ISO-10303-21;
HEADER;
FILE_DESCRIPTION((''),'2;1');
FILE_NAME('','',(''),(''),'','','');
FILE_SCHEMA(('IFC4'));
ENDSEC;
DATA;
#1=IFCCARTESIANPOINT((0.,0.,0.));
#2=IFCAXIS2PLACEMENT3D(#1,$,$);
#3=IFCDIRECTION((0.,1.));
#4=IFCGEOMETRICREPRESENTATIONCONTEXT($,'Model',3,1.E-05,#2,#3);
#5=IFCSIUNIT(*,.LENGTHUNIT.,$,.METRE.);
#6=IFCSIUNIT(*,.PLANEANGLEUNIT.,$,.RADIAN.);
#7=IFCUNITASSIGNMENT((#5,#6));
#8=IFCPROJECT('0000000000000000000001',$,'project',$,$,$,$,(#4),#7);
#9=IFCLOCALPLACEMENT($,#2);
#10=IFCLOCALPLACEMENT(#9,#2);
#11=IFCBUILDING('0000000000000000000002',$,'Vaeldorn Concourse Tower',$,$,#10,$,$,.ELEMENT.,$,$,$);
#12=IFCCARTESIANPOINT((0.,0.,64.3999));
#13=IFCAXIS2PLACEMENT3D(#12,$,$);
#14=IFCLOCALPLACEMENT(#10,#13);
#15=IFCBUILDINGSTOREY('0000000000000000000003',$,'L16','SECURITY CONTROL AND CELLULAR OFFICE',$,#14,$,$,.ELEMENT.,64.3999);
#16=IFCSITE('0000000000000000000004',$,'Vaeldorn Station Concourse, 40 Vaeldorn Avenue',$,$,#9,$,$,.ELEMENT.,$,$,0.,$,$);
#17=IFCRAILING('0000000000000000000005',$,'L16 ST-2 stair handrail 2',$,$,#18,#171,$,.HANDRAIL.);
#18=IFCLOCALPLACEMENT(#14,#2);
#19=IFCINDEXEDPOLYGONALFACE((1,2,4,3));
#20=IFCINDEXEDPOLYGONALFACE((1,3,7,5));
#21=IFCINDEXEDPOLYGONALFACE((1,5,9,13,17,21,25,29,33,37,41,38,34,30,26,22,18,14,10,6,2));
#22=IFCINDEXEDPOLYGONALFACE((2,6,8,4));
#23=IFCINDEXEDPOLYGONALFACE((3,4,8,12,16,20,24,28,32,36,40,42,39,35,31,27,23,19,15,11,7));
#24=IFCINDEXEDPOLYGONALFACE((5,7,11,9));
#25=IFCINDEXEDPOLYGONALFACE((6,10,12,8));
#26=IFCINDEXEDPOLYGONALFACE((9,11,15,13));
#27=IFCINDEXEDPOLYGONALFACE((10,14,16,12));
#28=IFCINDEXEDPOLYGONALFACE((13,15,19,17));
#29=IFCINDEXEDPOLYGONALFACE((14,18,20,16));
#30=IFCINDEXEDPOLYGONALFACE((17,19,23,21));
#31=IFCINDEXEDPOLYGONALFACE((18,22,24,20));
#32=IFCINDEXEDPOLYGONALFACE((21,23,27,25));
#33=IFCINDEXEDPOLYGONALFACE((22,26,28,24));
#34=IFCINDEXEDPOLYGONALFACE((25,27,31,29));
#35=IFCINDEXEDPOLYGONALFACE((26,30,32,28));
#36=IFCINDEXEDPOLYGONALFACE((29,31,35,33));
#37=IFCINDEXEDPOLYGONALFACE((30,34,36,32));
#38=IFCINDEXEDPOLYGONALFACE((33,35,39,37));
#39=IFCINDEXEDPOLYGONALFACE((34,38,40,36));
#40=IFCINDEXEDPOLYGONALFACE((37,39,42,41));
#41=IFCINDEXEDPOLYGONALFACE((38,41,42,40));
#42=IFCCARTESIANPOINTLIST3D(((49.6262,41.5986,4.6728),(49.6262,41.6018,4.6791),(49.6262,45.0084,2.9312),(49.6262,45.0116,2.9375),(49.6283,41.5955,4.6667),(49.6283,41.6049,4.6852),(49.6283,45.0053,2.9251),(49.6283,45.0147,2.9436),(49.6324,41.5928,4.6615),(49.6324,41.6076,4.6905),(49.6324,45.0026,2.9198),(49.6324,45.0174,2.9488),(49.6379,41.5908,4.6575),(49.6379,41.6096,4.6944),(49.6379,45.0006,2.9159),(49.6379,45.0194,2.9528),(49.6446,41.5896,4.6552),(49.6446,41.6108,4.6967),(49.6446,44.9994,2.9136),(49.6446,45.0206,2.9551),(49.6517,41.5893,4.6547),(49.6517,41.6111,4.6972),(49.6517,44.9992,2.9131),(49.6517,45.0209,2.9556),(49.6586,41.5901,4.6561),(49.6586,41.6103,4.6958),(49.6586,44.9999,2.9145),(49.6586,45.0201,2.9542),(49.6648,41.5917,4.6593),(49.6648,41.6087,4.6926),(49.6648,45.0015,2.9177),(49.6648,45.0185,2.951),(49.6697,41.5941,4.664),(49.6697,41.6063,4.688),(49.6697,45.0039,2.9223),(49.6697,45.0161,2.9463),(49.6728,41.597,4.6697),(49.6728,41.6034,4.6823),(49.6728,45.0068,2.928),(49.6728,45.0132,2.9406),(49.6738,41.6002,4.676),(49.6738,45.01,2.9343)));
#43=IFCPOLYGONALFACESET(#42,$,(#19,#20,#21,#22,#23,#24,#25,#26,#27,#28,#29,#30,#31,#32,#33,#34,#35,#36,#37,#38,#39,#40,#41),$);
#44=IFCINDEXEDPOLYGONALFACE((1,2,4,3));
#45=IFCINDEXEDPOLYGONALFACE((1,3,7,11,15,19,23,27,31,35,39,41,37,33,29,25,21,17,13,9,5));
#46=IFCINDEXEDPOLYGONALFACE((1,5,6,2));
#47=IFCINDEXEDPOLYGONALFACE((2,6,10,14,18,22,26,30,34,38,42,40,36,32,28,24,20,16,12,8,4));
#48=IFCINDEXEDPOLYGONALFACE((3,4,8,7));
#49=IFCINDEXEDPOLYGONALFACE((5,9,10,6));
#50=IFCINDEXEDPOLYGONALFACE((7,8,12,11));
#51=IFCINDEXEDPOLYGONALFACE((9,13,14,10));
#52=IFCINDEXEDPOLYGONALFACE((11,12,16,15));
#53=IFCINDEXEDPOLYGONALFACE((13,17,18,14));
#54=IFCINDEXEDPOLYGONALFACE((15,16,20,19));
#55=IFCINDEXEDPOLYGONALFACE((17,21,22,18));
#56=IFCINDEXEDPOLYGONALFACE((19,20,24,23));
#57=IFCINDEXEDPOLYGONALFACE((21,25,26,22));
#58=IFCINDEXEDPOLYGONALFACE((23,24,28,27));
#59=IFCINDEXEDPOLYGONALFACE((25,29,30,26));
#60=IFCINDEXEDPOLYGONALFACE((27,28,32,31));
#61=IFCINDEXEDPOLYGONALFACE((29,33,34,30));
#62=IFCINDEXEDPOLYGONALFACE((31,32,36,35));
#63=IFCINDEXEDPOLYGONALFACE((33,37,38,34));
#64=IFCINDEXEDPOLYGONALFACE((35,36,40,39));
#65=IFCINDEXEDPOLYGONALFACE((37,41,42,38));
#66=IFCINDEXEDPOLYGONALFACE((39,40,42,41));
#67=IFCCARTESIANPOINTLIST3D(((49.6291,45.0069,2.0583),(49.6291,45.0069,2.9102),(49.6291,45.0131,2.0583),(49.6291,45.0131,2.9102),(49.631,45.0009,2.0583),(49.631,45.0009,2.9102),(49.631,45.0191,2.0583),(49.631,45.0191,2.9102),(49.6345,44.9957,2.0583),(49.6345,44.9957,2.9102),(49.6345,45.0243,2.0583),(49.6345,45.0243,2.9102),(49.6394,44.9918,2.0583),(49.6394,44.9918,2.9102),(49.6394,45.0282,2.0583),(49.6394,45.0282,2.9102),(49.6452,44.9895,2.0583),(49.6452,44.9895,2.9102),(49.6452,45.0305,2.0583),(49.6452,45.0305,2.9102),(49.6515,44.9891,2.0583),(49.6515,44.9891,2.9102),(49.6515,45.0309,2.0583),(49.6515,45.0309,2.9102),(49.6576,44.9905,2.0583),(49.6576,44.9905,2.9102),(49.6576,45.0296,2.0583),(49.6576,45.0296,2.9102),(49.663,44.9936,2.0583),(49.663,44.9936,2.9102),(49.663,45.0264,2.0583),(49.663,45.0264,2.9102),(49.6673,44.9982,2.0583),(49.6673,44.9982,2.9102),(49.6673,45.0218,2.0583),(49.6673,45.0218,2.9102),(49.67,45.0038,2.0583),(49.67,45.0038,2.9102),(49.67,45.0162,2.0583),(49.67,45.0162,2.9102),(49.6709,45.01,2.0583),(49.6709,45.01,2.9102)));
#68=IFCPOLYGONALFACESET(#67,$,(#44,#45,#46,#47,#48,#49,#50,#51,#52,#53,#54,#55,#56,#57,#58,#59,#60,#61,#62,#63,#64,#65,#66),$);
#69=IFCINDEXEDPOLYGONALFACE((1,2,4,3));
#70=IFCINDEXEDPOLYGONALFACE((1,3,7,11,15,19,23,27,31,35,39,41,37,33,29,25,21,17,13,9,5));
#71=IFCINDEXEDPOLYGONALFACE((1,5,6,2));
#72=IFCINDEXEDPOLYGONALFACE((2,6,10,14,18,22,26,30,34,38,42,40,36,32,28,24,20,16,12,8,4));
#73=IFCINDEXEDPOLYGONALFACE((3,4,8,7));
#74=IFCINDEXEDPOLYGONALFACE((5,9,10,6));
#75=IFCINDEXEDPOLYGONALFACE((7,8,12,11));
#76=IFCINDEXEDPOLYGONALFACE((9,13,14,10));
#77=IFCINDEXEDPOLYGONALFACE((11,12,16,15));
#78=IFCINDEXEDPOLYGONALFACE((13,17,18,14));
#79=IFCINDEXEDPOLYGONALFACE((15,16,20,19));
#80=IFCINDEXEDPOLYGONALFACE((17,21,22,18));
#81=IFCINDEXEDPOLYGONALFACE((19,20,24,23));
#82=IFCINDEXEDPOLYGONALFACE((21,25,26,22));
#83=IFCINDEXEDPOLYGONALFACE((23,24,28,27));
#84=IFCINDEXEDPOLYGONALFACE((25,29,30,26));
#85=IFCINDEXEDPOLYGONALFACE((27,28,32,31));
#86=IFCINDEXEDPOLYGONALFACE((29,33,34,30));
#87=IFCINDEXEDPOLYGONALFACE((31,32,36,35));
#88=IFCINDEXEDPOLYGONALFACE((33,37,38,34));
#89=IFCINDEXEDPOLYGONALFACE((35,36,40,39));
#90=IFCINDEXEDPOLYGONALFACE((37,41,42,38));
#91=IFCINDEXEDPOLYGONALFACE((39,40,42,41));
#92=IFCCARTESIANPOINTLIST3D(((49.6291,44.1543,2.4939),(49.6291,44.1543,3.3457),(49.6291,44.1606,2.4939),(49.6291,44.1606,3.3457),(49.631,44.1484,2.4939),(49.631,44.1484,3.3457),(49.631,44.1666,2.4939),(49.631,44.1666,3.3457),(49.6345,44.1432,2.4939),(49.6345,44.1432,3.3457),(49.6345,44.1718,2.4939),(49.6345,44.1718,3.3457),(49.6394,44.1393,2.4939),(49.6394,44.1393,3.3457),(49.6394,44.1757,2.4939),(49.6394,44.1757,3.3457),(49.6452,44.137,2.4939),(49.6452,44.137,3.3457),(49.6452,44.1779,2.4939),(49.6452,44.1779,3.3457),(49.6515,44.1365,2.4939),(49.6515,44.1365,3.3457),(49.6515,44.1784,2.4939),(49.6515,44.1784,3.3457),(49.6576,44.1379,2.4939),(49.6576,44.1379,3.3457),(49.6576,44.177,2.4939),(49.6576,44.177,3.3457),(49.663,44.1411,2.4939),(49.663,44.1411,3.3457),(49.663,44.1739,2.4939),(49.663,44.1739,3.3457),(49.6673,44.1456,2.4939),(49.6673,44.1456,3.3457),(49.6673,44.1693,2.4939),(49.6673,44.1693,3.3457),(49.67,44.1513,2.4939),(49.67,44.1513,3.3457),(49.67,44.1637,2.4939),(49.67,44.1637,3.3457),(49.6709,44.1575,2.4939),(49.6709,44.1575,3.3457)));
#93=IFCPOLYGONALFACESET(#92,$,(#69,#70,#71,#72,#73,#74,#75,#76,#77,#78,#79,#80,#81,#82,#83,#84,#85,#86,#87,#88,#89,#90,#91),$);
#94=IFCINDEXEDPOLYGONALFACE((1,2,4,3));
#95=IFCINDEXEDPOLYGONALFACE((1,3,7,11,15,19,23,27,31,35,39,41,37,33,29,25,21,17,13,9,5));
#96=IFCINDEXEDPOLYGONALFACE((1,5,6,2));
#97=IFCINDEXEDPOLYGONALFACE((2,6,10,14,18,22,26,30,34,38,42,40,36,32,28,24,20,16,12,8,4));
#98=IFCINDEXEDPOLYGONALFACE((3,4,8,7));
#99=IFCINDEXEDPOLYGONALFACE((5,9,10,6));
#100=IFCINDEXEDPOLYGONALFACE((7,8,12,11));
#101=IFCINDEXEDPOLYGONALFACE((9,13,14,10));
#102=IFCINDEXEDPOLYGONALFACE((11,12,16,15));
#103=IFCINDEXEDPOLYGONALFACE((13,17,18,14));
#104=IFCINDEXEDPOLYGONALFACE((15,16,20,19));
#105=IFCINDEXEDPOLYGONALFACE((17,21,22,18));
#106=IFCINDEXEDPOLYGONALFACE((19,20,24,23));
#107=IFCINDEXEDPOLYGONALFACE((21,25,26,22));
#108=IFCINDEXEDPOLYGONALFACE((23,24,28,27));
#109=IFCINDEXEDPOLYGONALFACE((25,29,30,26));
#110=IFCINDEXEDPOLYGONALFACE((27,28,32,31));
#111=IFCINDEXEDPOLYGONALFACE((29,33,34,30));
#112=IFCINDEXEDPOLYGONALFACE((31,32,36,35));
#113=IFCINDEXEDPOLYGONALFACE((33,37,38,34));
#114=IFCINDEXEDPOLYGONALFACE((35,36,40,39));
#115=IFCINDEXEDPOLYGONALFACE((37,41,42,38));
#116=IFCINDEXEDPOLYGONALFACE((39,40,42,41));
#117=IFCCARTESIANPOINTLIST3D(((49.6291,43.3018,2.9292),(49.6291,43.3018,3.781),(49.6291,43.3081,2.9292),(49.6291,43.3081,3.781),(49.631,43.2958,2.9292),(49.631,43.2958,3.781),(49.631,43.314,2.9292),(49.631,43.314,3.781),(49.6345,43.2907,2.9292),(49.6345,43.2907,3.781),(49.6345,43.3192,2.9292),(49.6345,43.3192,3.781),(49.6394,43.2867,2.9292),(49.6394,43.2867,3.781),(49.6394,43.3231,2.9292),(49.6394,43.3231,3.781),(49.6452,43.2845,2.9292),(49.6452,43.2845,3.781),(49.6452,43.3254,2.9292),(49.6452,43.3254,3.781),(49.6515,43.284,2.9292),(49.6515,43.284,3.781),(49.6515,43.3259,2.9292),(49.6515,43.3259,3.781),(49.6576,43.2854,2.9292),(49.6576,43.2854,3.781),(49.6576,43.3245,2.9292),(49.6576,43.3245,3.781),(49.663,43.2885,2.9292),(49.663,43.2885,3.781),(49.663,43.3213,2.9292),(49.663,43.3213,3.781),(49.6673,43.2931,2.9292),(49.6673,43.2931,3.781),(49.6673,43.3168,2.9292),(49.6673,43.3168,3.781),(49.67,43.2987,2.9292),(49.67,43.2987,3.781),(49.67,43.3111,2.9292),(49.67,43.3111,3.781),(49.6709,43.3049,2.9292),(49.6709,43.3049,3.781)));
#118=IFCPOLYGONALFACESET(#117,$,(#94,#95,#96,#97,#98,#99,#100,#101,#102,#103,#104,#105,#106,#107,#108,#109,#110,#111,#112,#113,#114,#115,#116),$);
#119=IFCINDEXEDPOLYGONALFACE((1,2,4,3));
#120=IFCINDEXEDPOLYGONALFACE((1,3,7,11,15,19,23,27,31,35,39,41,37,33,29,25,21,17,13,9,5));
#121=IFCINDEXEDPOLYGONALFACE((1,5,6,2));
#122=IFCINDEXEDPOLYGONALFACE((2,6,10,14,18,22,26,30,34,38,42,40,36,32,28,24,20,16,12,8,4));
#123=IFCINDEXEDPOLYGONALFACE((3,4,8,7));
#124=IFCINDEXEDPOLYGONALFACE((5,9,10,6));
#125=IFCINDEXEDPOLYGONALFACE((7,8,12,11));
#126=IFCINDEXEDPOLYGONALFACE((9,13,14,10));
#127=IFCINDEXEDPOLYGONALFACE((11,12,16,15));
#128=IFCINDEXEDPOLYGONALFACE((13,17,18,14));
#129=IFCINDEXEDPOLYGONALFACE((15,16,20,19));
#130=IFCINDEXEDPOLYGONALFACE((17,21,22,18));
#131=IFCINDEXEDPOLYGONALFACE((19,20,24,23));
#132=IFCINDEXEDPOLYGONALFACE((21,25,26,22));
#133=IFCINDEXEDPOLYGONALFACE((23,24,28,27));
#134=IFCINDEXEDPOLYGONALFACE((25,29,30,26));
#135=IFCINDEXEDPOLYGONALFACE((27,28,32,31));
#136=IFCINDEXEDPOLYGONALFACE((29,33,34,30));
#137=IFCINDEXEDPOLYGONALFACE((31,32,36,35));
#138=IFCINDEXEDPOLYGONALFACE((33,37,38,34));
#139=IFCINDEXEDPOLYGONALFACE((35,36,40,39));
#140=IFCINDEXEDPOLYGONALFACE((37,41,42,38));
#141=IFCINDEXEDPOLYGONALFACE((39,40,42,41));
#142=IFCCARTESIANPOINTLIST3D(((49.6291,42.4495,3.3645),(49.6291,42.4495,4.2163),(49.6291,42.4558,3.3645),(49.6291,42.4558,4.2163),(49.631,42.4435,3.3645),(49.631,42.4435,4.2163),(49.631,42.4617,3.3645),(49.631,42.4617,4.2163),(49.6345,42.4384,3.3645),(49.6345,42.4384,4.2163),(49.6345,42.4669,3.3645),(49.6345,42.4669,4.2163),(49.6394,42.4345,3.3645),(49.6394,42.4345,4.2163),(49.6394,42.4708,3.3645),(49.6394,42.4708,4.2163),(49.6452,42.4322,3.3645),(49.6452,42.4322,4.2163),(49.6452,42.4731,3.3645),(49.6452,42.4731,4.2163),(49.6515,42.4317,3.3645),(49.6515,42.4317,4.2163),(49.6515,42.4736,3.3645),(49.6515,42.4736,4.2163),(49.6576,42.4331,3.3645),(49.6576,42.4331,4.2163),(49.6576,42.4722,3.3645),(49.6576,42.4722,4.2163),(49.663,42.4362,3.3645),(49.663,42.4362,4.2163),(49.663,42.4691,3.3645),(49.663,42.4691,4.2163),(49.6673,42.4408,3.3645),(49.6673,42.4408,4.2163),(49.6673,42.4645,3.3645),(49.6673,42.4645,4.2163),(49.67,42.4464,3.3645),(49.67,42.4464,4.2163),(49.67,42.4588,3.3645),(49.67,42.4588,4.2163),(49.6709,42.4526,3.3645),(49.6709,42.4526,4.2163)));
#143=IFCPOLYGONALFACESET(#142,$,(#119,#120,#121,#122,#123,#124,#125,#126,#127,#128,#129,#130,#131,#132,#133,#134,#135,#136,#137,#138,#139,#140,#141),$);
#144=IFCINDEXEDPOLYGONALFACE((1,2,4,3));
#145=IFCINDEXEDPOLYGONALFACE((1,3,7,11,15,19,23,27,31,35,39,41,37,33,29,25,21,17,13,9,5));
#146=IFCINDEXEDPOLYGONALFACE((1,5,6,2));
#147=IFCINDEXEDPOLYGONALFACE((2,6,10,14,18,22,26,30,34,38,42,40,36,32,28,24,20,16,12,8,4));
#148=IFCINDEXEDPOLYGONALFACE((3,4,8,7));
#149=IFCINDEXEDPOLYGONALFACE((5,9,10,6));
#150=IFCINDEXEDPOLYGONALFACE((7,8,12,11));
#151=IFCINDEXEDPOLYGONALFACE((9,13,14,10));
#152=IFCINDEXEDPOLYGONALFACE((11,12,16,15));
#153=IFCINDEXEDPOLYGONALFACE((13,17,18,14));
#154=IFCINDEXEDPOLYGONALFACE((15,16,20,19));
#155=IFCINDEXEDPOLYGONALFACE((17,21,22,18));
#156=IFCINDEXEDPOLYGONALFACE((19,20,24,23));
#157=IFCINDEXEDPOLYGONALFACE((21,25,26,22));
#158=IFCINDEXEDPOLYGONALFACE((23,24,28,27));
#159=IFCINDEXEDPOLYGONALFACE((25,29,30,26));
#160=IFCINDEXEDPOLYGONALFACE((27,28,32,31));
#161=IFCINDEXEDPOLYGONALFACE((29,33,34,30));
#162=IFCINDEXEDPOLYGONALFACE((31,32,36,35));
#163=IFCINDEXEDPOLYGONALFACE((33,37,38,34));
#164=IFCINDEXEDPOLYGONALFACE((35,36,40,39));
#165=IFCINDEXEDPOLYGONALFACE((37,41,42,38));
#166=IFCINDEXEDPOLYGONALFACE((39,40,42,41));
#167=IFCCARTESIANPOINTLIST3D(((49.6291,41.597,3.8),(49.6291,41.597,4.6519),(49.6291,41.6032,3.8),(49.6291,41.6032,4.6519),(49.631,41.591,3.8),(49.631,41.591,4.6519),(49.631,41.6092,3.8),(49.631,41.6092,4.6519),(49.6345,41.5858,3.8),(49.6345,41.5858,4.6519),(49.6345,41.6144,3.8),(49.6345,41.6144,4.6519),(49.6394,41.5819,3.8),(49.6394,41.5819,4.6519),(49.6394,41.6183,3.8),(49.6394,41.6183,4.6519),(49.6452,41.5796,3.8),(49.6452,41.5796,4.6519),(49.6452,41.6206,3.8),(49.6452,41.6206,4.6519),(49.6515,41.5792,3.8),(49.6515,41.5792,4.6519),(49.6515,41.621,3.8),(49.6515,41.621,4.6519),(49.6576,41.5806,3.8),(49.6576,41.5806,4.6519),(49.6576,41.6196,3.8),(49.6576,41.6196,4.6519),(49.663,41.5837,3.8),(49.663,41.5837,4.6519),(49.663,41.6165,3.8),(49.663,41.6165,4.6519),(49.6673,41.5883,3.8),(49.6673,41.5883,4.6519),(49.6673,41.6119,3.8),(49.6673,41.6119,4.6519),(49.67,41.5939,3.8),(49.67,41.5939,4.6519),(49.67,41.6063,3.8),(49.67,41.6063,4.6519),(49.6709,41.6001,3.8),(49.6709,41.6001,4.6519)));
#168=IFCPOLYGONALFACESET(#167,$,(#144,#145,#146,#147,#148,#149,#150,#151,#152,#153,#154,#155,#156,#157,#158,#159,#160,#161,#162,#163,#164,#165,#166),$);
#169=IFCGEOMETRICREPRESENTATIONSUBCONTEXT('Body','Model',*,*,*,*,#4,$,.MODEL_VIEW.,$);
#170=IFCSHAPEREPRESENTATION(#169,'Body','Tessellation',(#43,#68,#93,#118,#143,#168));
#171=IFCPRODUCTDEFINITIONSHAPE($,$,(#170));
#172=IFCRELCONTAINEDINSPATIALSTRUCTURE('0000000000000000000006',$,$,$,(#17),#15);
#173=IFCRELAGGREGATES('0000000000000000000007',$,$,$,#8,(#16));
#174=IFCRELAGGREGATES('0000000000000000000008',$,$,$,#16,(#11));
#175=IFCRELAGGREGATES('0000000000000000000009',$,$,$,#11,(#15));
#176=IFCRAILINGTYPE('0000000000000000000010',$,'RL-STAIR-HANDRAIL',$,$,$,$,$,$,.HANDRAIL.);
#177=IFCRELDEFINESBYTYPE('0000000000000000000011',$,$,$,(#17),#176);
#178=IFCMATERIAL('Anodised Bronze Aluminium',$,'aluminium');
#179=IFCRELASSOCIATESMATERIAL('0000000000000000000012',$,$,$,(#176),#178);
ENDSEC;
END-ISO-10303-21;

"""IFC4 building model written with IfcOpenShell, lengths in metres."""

from ifc_helpers import new_model, si_unit, direction, frame, origin, origin_2d, place, context, subcontext, project, spatial, circle, extrude, material, type_object, element, save


model = new_model("IFC4")

# Units and contexts
model_context = context("Model", 3, precision=1e-05, world=origin(), true_north=direction((0.0, 1.0)))
body_context = subcontext(model_context, "Body", "Model", "MODEL_VIEW")
ifc_project = project(units=[si_unit("LENGTHUNIT", "METRE"), si_unit("PLANEANGLEUNIT", "RADIAN")], contexts=[model_context])

# Site, building, storey
site_placement = place(None, origin())
site = spatial("IfcSite", under=ifc_project, at=site_placement, Name="Vaeldorn Station Concourse, 40 Vaeldorn Avenue", CompositionType="ELEMENT", RefElevation=0.0)
building_placement = place(site_placement, origin())
building = spatial("IfcBuilding", under=site, at=building_placement, Name="Vaeldorn Concourse Tower", CompositionType="ELEMENT")
storey_placement = place(building_placement, frame((0.0, 0.0, 64.3999)))
storey = spatial("IfcBuildingStorey", under=building, at=storey_placement, Name="L16", Description="SECURITY CONTROL AND CELLULAR OFFICE", CompositionType="ELEMENT", Elevation=64.3999)

# Shared definitions
ifc_material_1 = material(Name="Anodised Bronze Aluminium", Category="aluminium")

# Railing
railing_type_1 = type_object("IfcRailingType", Name="RL-STAIR-HANDRAIL", PredefinedType="HANDRAIL", material=ifc_material_1)
railing_1_placement = place(storey_placement, frame((49.6499, 45.01, 2.0583)))
element("IfcRailing", 1, at=railing_1_placement, inside=storey, type_object=railing_type_1, Name="L16 ST-2 stair handrail 2", PredefinedType="HANDRAIL", context=body_context, shape_type="SweptSolid", body=[
    extrude(circle(Radius=0.0239, at=origin_2d()), frame((0.0, 0.0, 0.876), z_axis=(0.0, -0.890556, 0.454874), x_axis=(1.0, 0.0, 0.0)), (0.0, 0.0, 1.0), 3.8289),
    extrude(circle(Radius=0.021, at=origin_2d()), origin(), (0.0, 0.0, 1.0), 0.8518),
    extrude(circle(Radius=0.021, at=origin_2d()), frame((0.0, -0.8525, 0.4355)), (0.0, 0.0, 1.0), 0.8518),
    extrude(circle(Radius=0.021, at=origin_2d()), frame((0.0, -1.7051, 0.8708)), (0.0, 0.0, 1.0), 0.8518),
    extrude(circle(Radius=0.021, at=origin_2d()), frame((0.0, -2.5574, 1.3062)), (0.0, 0.0, 1.0), 0.8518),
    extrude(circle(Radius=0.021, at=origin_2d()), frame((0.0, -3.4099, 1.7417)), (0.0, 0.0, 1.0), 0.8518),
])

save(model, "model.ifc")
